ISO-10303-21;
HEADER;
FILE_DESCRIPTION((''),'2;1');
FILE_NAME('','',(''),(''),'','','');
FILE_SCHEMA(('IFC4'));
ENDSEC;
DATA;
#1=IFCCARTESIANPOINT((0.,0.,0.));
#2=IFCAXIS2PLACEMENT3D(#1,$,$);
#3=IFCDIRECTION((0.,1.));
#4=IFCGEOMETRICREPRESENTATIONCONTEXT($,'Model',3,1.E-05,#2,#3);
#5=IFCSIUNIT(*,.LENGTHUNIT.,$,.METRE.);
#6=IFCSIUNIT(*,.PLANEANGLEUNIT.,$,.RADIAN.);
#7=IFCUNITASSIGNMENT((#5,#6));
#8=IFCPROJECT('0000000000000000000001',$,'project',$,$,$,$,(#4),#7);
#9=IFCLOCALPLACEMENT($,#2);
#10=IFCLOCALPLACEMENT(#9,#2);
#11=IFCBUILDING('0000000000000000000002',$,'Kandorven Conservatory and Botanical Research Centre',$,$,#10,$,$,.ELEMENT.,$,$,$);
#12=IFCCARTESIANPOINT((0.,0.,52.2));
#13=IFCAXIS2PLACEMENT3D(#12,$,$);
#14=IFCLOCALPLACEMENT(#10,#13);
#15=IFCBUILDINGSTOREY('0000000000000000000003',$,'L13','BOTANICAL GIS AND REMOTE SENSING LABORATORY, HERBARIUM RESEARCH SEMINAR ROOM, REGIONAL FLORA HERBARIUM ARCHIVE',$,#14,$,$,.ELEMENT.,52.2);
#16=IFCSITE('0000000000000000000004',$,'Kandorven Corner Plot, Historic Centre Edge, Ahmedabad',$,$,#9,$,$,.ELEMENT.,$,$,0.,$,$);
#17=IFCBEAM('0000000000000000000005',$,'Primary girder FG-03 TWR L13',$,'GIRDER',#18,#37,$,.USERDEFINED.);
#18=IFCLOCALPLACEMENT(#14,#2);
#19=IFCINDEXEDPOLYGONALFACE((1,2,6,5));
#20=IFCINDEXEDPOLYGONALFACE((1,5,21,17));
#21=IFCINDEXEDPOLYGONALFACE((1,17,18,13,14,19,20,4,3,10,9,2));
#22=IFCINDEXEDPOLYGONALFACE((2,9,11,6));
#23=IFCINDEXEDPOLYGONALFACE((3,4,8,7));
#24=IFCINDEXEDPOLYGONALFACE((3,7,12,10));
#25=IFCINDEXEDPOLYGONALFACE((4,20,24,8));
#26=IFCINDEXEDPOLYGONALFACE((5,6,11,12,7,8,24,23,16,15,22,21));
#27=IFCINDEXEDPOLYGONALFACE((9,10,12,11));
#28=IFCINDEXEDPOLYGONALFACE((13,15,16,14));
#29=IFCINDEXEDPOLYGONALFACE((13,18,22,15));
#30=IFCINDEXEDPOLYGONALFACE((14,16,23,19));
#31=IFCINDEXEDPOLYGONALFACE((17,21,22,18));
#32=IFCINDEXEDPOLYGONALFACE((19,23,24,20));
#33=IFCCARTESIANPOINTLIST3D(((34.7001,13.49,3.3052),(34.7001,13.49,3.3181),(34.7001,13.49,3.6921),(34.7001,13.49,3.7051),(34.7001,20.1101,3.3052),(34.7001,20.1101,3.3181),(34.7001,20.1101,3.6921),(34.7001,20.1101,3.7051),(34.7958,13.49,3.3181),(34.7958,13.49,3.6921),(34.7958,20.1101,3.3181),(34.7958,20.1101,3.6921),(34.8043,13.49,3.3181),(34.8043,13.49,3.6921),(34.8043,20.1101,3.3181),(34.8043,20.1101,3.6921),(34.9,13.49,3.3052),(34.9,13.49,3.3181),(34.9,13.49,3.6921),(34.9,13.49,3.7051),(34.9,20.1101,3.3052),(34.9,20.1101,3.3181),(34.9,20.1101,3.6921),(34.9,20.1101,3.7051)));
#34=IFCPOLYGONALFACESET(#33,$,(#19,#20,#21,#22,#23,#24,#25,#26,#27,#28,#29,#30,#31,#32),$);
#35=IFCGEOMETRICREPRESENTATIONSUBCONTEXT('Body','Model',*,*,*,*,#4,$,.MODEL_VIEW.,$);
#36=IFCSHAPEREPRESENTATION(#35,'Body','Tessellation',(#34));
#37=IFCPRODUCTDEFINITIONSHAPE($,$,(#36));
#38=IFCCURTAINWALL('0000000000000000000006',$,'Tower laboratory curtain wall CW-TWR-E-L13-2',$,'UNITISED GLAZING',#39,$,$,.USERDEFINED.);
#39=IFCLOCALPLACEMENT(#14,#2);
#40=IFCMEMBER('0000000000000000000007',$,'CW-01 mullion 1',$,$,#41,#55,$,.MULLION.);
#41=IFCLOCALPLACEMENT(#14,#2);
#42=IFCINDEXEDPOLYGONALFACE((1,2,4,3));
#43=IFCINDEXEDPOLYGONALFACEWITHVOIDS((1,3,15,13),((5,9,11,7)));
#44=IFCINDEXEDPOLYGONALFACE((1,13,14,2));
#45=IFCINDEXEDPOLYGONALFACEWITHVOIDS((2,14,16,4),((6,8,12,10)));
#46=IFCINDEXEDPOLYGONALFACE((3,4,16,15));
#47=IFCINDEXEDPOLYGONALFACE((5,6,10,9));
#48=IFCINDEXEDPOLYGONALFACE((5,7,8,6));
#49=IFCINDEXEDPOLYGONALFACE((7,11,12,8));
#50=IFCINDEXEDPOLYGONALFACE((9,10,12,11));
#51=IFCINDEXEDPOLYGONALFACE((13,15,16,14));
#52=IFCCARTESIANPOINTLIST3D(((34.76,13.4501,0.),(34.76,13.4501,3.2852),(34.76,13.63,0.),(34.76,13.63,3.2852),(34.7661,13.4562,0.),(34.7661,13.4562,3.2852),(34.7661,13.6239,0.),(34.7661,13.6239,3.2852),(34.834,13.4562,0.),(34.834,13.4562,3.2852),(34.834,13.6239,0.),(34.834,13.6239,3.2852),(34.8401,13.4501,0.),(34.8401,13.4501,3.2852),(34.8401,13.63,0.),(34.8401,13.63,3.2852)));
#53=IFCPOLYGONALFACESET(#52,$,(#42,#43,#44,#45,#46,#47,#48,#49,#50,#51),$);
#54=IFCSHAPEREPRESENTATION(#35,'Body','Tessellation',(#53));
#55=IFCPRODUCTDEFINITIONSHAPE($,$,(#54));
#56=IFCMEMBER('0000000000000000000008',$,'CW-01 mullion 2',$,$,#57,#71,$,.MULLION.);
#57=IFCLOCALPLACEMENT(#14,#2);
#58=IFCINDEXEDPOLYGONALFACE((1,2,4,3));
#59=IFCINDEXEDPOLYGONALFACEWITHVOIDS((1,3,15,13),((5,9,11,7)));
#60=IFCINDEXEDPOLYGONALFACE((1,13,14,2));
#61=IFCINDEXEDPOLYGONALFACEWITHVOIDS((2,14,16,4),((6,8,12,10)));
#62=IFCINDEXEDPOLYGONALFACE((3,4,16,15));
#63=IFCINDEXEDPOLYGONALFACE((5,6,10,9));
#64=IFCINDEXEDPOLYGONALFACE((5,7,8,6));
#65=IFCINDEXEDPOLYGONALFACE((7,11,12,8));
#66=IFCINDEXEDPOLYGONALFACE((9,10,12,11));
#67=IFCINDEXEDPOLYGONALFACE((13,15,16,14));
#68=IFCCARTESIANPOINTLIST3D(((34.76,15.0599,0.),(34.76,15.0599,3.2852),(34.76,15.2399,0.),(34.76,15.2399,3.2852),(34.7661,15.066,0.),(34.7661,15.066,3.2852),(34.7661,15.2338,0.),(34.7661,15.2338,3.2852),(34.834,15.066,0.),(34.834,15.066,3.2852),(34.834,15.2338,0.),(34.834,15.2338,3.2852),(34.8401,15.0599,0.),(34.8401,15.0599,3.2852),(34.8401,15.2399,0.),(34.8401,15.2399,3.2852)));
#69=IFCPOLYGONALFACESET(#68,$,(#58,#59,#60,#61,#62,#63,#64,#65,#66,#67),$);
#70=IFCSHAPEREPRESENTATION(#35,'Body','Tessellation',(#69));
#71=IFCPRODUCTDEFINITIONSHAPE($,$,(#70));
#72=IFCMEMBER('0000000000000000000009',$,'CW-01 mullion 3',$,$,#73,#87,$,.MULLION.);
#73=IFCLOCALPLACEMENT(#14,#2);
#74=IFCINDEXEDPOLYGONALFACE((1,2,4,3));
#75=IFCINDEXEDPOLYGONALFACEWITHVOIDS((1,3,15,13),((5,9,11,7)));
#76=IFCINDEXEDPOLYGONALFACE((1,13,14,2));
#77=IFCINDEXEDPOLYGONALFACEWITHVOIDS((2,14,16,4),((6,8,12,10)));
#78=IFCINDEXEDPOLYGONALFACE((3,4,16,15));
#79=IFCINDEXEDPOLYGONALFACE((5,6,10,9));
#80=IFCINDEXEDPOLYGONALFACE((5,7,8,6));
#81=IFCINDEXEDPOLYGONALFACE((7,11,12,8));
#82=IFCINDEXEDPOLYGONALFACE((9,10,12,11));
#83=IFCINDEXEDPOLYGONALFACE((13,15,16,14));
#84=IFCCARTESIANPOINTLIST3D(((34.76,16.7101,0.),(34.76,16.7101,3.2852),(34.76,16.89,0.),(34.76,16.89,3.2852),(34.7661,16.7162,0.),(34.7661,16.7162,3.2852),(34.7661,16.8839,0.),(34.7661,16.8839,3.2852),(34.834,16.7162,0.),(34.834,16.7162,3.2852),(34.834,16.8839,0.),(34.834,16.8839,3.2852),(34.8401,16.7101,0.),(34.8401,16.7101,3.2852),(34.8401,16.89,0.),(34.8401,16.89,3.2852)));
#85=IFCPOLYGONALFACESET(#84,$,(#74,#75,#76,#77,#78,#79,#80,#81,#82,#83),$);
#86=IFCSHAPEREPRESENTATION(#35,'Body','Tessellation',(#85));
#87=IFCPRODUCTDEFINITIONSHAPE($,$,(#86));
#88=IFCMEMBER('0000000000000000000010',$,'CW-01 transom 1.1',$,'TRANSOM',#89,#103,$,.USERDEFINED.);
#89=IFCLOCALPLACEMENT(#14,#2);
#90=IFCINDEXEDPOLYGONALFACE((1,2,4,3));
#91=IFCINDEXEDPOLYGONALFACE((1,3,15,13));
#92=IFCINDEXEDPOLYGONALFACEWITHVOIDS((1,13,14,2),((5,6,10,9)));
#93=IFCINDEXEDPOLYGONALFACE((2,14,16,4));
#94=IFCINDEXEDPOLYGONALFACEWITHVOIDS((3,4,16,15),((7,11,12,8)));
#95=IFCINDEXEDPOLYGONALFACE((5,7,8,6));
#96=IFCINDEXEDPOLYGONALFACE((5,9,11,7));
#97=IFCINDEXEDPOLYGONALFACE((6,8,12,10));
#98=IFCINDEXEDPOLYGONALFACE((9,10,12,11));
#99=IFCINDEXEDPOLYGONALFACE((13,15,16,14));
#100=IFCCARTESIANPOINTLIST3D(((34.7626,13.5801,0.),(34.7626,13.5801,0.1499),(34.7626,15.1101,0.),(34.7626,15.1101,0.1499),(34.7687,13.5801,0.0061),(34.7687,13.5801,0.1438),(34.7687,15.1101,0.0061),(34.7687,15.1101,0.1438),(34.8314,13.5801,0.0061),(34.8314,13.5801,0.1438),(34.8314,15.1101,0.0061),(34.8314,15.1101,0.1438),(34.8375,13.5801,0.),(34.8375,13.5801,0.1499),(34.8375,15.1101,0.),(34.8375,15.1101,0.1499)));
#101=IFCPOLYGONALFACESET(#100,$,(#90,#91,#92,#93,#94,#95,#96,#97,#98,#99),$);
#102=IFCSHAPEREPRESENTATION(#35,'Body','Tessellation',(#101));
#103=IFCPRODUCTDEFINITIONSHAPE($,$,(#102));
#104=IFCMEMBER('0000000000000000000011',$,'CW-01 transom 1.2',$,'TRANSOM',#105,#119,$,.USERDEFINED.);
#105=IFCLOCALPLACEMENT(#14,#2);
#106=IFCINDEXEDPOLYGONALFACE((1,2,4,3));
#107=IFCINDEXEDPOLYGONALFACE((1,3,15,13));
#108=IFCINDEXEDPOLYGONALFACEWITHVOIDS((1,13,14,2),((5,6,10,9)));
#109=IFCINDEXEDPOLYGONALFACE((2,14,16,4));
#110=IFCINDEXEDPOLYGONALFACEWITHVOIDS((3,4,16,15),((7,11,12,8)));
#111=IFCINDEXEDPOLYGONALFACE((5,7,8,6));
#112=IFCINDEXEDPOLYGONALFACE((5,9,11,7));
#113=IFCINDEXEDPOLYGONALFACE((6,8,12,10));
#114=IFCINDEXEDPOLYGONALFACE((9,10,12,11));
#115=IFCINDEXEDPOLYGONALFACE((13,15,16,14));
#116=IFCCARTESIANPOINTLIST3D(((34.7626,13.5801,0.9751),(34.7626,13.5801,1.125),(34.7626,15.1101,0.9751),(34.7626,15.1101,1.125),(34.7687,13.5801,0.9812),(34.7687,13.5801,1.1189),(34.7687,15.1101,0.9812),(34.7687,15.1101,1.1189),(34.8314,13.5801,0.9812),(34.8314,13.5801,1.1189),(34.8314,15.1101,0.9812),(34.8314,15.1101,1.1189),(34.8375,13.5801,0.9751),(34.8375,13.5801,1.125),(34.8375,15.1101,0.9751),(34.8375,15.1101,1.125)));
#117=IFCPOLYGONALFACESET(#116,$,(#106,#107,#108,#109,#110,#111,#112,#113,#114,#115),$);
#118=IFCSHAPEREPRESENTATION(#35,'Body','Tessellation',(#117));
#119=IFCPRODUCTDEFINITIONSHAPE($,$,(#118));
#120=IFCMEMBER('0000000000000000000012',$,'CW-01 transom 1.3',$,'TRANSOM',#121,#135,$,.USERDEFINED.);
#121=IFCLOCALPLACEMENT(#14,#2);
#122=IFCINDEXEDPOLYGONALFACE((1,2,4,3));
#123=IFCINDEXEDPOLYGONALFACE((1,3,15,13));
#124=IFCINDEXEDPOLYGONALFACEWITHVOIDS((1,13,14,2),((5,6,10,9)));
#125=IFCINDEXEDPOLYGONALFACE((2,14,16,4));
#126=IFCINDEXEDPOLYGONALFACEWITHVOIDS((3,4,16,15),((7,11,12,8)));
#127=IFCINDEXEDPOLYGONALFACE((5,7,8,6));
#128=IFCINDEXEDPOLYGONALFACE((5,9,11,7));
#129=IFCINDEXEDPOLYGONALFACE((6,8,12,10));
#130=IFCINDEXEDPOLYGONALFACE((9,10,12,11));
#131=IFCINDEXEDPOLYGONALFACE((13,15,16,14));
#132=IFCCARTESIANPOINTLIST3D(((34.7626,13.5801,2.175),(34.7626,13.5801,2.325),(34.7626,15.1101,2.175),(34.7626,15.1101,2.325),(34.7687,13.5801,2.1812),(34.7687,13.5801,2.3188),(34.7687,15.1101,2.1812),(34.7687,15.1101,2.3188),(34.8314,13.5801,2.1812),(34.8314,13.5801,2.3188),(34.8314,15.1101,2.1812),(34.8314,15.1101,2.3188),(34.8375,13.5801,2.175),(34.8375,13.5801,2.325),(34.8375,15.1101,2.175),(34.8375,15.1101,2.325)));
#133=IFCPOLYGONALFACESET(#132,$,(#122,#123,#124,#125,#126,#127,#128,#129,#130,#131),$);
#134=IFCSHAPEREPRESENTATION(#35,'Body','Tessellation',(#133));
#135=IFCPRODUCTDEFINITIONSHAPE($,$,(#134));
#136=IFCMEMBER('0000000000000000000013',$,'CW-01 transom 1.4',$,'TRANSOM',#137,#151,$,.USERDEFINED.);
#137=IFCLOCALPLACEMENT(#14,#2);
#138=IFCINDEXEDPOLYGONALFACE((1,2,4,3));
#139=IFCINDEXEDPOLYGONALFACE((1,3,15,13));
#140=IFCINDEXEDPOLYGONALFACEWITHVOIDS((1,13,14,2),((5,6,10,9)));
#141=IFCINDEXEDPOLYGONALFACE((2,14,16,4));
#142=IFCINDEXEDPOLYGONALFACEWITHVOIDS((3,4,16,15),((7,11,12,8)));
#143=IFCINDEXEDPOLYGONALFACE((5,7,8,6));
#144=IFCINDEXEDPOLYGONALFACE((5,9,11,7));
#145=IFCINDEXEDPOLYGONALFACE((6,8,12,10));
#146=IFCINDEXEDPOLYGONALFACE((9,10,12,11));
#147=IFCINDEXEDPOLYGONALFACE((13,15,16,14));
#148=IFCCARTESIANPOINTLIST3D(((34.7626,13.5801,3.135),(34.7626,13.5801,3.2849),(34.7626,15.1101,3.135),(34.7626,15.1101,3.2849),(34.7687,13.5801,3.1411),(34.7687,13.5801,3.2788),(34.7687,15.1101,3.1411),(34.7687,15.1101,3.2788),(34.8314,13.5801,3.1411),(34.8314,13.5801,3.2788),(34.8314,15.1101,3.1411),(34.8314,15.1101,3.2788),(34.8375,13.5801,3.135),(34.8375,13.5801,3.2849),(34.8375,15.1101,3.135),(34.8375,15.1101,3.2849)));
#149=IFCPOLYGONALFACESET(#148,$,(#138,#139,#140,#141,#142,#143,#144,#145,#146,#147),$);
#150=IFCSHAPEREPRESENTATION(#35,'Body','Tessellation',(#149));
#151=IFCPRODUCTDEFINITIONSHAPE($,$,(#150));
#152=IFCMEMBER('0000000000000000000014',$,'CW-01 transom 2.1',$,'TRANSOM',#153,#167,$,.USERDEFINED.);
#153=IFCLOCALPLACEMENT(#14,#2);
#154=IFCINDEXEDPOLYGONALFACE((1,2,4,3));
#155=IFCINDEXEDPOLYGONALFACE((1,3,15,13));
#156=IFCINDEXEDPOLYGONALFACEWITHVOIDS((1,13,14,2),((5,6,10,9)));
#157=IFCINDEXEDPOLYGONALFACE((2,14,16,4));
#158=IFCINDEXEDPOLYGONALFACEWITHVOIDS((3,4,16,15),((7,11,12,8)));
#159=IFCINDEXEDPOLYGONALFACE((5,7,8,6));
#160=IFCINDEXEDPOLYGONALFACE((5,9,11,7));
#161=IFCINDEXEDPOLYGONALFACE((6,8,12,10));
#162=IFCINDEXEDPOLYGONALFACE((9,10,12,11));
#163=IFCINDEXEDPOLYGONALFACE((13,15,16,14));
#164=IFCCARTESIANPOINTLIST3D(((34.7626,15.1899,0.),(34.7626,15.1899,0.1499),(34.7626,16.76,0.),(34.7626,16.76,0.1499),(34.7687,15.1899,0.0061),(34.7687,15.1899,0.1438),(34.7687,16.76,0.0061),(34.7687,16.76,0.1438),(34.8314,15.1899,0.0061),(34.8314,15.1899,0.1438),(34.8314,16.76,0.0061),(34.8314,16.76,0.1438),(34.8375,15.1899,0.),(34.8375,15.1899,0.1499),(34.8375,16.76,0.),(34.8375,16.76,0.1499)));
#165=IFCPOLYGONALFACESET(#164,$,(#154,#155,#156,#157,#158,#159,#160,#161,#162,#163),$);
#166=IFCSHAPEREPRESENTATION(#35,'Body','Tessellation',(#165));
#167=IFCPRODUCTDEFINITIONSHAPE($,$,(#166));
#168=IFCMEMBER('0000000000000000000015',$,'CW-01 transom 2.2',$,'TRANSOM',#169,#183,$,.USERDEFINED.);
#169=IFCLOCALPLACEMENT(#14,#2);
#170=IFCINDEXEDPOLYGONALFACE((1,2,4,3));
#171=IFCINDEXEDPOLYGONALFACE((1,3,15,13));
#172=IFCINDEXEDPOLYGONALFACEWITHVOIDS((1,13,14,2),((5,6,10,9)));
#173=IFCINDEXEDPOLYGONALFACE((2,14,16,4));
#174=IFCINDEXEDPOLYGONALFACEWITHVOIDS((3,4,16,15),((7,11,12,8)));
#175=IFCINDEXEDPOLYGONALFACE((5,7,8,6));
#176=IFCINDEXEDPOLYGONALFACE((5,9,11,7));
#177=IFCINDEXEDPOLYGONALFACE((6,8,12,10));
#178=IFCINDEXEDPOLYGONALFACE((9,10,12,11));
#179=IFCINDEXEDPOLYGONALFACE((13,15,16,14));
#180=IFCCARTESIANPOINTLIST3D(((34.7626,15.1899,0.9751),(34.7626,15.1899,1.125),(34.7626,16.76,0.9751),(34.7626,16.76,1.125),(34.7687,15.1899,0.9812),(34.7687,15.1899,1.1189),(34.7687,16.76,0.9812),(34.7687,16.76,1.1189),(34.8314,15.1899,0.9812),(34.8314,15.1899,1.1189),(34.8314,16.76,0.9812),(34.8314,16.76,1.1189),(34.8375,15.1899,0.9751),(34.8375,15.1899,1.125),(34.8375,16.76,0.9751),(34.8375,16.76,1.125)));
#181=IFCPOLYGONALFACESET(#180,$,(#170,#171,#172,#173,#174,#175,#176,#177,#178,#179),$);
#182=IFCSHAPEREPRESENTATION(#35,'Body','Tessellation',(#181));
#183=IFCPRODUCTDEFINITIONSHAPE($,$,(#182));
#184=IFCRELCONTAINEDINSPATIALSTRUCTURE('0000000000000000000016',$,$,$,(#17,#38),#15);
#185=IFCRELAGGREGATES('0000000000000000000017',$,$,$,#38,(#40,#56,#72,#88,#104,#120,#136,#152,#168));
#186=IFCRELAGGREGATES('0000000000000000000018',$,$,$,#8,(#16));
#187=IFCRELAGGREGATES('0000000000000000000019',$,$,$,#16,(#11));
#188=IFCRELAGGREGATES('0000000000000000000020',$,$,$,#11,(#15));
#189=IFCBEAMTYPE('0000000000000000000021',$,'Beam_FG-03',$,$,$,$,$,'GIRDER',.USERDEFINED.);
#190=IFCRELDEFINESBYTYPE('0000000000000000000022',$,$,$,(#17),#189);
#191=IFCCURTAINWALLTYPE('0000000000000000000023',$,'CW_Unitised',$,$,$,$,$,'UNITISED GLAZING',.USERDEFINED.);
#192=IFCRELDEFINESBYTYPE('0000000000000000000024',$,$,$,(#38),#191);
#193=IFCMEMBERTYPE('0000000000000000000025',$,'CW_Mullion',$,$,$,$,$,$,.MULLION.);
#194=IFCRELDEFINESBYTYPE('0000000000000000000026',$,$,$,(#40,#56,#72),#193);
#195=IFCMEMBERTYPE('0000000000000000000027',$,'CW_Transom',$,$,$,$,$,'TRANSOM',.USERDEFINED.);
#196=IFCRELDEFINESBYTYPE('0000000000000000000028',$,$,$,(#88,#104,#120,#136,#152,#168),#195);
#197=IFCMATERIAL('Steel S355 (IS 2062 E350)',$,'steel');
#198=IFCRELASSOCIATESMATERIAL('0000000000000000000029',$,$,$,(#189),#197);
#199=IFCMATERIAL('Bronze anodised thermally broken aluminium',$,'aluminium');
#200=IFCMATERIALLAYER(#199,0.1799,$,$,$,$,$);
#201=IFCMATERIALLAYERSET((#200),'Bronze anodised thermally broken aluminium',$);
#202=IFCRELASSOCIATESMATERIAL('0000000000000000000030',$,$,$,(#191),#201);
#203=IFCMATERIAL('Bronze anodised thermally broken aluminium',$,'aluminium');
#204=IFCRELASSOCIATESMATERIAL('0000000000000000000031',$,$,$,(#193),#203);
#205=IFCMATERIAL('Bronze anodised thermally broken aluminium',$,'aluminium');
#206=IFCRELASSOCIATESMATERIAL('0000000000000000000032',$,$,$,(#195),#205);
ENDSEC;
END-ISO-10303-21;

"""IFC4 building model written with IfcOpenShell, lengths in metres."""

from ifc_helpers import new_model, si_unit, direction, frame, origin, origin_2d, place, context, subcontext, project, spatial, hollow_rectangle, i_section, extrude, material, layer, layer_set, material_profile, profile_set, type_object, element, aggregate, save


model = new_model("IFC4")

# Units and contexts
model_context = context("Model", 3, precision=1e-05, world=origin(), true_north=direction((0.0, 1.0)))
body_context = subcontext(model_context, "Body", "Model", "MODEL_VIEW")
ifc_project = project(units=[si_unit("LENGTHUNIT", "METRE"), si_unit("PLANEANGLEUNIT", "RADIAN")], contexts=[model_context])

# Site, building, storey
site_placement = place(None, origin())
site = spatial("IfcSite", under=ifc_project, at=site_placement, Name="Kandorven Corner Plot, Historic Centre Edge, Ahmedabad", CompositionType="ELEMENT", RefElevation=0.0)
building_placement = place(site_placement, origin())
building = spatial("IfcBuilding", under=site, at=building_placement, Name="Kandorven Conservatory and Botanical Research Centre", CompositionType="ELEMENT")
storey_placement = place(building_placement, frame((0.0, 0.0, 52.2)))
storey = spatial("IfcBuildingStorey", under=building, at=storey_placement, Name="L13", Description="BOTANICAL GIS AND REMOTE SENSING LABORATORY, HERBARIUM RESEARCH SEMINAR ROOM, REGIONAL FLORA HERBARIUM ARCHIVE", CompositionType="ELEMENT", Elevation=52.2)

# Beam
ifc_material_1 = material(Name="Steel S355 (IS 2062 E350)", Category="steel")
ifc_material_profile_1 = material_profile(ifc_material_1, i_section(OverallWidth=0.2, OverallDepth=0.3999, WebThickness=0.0085, FlangeThickness=0.0129, at=origin_2d()))
ifc_profile_set_1 = profile_set([ifc_material_profile_1], Name="Steel S355 (IS 2062 E350)")
beam_type = type_object("IfcBeamType", Name="Beam_FG-03", ElementType="GIRDER", PredefinedType="USERDEFINED", material=ifc_profile_set_1)
beam_placement = place(storey_placement, frame((34.8, 13.49, 3.5051), z_axis=(0.0, 1.0, 0.0), x_axis=(-1.0, 0.0, 0.0)))
element("IfcBeam", 1, at=beam_placement, inside=storey, type_object=beam_type, Name="Primary girder FG-03 TWR L13", ObjectType="GIRDER", PredefinedType="USERDEFINED", context=body_context, shape_type="SweptSolid", body=[
    extrude(i_section(OverallWidth=0.2, OverallDepth=0.3999, WebThickness=0.0085, FlangeThickness=0.0129, at=origin_2d()), origin(), (0.0, 0.0, 1.0), 6.6201),
])

# Curtain wall, members
ifc_material_2 = material(Name="Bronze anodised thermally broken aluminium", Category="aluminium")
ifc_layer_1 = layer(ifc_material_2, 0.1799)
ifc_layer_set_1 = layer_set([ifc_layer_1], Name="Bronze anodised thermally broken aluminium")
curtain_wall_type = type_object("IfcCurtainWallType", Name="CW_Unitised", ElementType="UNITISED GLAZING", PredefinedType="USERDEFINED", material=ifc_layer_set_1)
curtain_wall_placement = place(storey_placement, origin())
curtain_wall = element("IfcCurtainWall", 2, at=curtain_wall_placement, inside=storey, type_object=curtain_wall_type, Name="Tower laboratory curtain wall CW-TWR-E-L13-2", ObjectType="UNITISED GLAZING", PredefinedType="USERDEFINED")
ifc_material_3 = material(Name="Bronze anodised thermally broken aluminium", Category="aluminium")
ifc_material_profile_2 = material_profile(ifc_material_3, hollow_rectangle(XDim=0.0801, YDim=0.1799, WallThickness=0.0061, at=origin_2d()))
ifc_profile_set_2 = profile_set([ifc_material_profile_2], Name="Bronze anodised thermally broken aluminium")
member_type_1 = type_object("IfcMemberType", Name="CW_Mullion", PredefinedType="MULLION", material=ifc_profile_set_2)
member_1_placement = place(storey_placement, frame((34.8, 13.54, 0.0), z_axis=(0.0, 0.0, 1.0), x_axis=(-1.0, 0.0, 0.0)))
member_1 = element("IfcMember", 3, at=member_1_placement, type_object=member_type_1, Name="CW-01 mullion 1", PredefinedType="MULLION", context=body_context, shape_type="SweptSolid", body=[
    extrude(hollow_rectangle(XDim=0.0801, YDim=0.1799, WallThickness=0.0061, at=origin_2d()), origin(), (0.0, 0.0, 1.0), 3.2852),
])
member_2_placement = place(storey_placement, frame((34.8, 15.1499, 0.0), z_axis=(0.0, 0.0, 1.0), x_axis=(-1.0, 0.0, 0.0)))
member_2 = element("IfcMember", 4, at=member_2_placement, type_object=member_type_1, Name="CW-01 mullion 2", PredefinedType="MULLION", context=body_context, shape_type="SweptSolid", body=[
    extrude(hollow_rectangle(XDim=0.0801, YDim=0.1799, WallThickness=0.0061, at=origin_2d()), origin(), (0.0, 0.0, 1.0), 3.2852),
])
member_3_placement = place(storey_placement, frame((34.8, 16.8, 0.0), z_axis=(0.0, 0.0, 1.0), x_axis=(-1.0, 0.0, 0.0)))
member_3 = element("IfcMember", 5, at=member_3_placement, type_object=member_type_1, Name="CW-01 mullion 3", PredefinedType="MULLION", context=body_context, shape_type="SweptSolid", body=[
    extrude(hollow_rectangle(XDim=0.0801, YDim=0.1799, WallThickness=0.0061, at=origin_2d()), origin(), (0.0, 0.0, 1.0), 3.2852),
])
ifc_material_4 = material(Name="Bronze anodised thermally broken aluminium", Category="aluminium")
ifc_material_profile_3 = material_profile(ifc_material_4, hollow_rectangle(XDim=0.075, YDim=0.1499, WallThickness=0.0061, at=origin_2d()))
ifc_profile_set_3 = profile_set([ifc_material_profile_3], Name="Bronze anodised thermally broken aluminium")
member_type_2 = type_object("IfcMemberType", Name="CW_Transom", ElementType="TRANSOM", PredefinedType="USERDEFINED", material=ifc_profile_set_3)
member_4_placement = place(storey_placement, frame((34.8, 13.5801, 0.075), z_axis=(0.0, 1.0, 0.0), x_axis=(-1.0, 0.0, 0.0)))
member_4 = element("IfcMember", 6, at=member_4_placement, type_object=member_type_2, Name="CW-01 transom 1.1", ObjectType="TRANSOM", PredefinedType="USERDEFINED", context=body_context, shape_type="SweptSolid", body=[
    extrude(hollow_rectangle(XDim=0.075, YDim=0.1499, WallThickness=0.0061, at=origin_2d()), origin(), (0.0, 0.0, 1.0), 1.53),
])
member_5_placement = place(storey_placement, frame((34.8, 13.5801, 1.05), z_axis=(0.0, 1.0, 0.0), x_axis=(-1.0, 0.0, 0.0)))
member_5 = element("IfcMember", 7, at=member_5_placement, type_object=member_type_2, Name="CW-01 transom 1.2", ObjectType="TRANSOM", PredefinedType="USERDEFINED", context=body_context, shape_type="SweptSolid", body=[
    extrude(hollow_rectangle(XDim=0.075, YDim=0.1499, WallThickness=0.0061, at=origin_2d()), origin(), (0.0, 0.0, 1.0), 1.53),
])
member_6_placement = place(storey_placement, frame((34.8, 13.5801, 2.25), z_axis=(0.0, 1.0, 0.0), x_axis=(-1.0, 0.0, 0.0)))
member_6 = element("IfcMember", 8, at=member_6_placement, type_object=member_type_2, Name="CW-01 transom 1.3", ObjectType="TRANSOM", PredefinedType="USERDEFINED", context=body_context, shape_type="SweptSolid", body=[
    extrude(hollow_rectangle(XDim=0.075, YDim=0.1499, WallThickness=0.0061, at=origin_2d()), origin(), (0.0, 0.0, 1.0), 1.53),
])
member_7_placement = place(storey_placement, frame((34.8, 13.5801, 3.21), z_axis=(0.0, 1.0, 0.0), x_axis=(-1.0, 0.0, 0.0)))
member_7 = element("IfcMember", 9, at=member_7_placement, type_object=member_type_2, Name="CW-01 transom 1.4", ObjectType="TRANSOM", PredefinedType="USERDEFINED", context=body_context, shape_type="SweptSolid", body=[
    extrude(hollow_rectangle(XDim=0.075, YDim=0.1499, WallThickness=0.0061, at=origin_2d()), origin(), (0.0, 0.0, 1.0), 1.53),
])
member_8_placement = place(storey_placement, frame((34.8, 15.1899, 0.075), z_axis=(0.0, 1.0, 0.0), x_axis=(-1.0, 0.0, 0.0)))
member_8 = element("IfcMember", 10, at=member_8_placement, type_object=member_type_2, Name="CW-01 transom 2.1", ObjectType="TRANSOM", PredefinedType="USERDEFINED", context=body_context, shape_type="SweptSolid", body=[
    extrude(hollow_rectangle(XDim=0.075, YDim=0.1499, WallThickness=0.0061, at=origin_2d()), origin(), (0.0, 0.0, 1.0), 1.5701),
])
member_9_placement = place(storey_placement, frame((34.8, 15.1899, 1.05), z_axis=(0.0, 1.0, 0.0), x_axis=(-1.0, 0.0, 0.0)))
member_9 = element("IfcMember", 11, at=member_9_placement, type_object=member_type_2, Name="CW-01 transom 2.2", ObjectType="TRANSOM", PredefinedType="USERDEFINED", context=body_context, shape_type="SweptSolid", body=[
    extrude(hollow_rectangle(XDim=0.075, YDim=0.1499, WallThickness=0.0061, at=origin_2d()), origin(), (0.0, 0.0, 1.0), 1.5701),
])
aggregate(curtain_wall, [member_1, member_2, member_3, member_4, member_5, member_6, member_7, member_8, member_9])

save(model, "model.ifc")
